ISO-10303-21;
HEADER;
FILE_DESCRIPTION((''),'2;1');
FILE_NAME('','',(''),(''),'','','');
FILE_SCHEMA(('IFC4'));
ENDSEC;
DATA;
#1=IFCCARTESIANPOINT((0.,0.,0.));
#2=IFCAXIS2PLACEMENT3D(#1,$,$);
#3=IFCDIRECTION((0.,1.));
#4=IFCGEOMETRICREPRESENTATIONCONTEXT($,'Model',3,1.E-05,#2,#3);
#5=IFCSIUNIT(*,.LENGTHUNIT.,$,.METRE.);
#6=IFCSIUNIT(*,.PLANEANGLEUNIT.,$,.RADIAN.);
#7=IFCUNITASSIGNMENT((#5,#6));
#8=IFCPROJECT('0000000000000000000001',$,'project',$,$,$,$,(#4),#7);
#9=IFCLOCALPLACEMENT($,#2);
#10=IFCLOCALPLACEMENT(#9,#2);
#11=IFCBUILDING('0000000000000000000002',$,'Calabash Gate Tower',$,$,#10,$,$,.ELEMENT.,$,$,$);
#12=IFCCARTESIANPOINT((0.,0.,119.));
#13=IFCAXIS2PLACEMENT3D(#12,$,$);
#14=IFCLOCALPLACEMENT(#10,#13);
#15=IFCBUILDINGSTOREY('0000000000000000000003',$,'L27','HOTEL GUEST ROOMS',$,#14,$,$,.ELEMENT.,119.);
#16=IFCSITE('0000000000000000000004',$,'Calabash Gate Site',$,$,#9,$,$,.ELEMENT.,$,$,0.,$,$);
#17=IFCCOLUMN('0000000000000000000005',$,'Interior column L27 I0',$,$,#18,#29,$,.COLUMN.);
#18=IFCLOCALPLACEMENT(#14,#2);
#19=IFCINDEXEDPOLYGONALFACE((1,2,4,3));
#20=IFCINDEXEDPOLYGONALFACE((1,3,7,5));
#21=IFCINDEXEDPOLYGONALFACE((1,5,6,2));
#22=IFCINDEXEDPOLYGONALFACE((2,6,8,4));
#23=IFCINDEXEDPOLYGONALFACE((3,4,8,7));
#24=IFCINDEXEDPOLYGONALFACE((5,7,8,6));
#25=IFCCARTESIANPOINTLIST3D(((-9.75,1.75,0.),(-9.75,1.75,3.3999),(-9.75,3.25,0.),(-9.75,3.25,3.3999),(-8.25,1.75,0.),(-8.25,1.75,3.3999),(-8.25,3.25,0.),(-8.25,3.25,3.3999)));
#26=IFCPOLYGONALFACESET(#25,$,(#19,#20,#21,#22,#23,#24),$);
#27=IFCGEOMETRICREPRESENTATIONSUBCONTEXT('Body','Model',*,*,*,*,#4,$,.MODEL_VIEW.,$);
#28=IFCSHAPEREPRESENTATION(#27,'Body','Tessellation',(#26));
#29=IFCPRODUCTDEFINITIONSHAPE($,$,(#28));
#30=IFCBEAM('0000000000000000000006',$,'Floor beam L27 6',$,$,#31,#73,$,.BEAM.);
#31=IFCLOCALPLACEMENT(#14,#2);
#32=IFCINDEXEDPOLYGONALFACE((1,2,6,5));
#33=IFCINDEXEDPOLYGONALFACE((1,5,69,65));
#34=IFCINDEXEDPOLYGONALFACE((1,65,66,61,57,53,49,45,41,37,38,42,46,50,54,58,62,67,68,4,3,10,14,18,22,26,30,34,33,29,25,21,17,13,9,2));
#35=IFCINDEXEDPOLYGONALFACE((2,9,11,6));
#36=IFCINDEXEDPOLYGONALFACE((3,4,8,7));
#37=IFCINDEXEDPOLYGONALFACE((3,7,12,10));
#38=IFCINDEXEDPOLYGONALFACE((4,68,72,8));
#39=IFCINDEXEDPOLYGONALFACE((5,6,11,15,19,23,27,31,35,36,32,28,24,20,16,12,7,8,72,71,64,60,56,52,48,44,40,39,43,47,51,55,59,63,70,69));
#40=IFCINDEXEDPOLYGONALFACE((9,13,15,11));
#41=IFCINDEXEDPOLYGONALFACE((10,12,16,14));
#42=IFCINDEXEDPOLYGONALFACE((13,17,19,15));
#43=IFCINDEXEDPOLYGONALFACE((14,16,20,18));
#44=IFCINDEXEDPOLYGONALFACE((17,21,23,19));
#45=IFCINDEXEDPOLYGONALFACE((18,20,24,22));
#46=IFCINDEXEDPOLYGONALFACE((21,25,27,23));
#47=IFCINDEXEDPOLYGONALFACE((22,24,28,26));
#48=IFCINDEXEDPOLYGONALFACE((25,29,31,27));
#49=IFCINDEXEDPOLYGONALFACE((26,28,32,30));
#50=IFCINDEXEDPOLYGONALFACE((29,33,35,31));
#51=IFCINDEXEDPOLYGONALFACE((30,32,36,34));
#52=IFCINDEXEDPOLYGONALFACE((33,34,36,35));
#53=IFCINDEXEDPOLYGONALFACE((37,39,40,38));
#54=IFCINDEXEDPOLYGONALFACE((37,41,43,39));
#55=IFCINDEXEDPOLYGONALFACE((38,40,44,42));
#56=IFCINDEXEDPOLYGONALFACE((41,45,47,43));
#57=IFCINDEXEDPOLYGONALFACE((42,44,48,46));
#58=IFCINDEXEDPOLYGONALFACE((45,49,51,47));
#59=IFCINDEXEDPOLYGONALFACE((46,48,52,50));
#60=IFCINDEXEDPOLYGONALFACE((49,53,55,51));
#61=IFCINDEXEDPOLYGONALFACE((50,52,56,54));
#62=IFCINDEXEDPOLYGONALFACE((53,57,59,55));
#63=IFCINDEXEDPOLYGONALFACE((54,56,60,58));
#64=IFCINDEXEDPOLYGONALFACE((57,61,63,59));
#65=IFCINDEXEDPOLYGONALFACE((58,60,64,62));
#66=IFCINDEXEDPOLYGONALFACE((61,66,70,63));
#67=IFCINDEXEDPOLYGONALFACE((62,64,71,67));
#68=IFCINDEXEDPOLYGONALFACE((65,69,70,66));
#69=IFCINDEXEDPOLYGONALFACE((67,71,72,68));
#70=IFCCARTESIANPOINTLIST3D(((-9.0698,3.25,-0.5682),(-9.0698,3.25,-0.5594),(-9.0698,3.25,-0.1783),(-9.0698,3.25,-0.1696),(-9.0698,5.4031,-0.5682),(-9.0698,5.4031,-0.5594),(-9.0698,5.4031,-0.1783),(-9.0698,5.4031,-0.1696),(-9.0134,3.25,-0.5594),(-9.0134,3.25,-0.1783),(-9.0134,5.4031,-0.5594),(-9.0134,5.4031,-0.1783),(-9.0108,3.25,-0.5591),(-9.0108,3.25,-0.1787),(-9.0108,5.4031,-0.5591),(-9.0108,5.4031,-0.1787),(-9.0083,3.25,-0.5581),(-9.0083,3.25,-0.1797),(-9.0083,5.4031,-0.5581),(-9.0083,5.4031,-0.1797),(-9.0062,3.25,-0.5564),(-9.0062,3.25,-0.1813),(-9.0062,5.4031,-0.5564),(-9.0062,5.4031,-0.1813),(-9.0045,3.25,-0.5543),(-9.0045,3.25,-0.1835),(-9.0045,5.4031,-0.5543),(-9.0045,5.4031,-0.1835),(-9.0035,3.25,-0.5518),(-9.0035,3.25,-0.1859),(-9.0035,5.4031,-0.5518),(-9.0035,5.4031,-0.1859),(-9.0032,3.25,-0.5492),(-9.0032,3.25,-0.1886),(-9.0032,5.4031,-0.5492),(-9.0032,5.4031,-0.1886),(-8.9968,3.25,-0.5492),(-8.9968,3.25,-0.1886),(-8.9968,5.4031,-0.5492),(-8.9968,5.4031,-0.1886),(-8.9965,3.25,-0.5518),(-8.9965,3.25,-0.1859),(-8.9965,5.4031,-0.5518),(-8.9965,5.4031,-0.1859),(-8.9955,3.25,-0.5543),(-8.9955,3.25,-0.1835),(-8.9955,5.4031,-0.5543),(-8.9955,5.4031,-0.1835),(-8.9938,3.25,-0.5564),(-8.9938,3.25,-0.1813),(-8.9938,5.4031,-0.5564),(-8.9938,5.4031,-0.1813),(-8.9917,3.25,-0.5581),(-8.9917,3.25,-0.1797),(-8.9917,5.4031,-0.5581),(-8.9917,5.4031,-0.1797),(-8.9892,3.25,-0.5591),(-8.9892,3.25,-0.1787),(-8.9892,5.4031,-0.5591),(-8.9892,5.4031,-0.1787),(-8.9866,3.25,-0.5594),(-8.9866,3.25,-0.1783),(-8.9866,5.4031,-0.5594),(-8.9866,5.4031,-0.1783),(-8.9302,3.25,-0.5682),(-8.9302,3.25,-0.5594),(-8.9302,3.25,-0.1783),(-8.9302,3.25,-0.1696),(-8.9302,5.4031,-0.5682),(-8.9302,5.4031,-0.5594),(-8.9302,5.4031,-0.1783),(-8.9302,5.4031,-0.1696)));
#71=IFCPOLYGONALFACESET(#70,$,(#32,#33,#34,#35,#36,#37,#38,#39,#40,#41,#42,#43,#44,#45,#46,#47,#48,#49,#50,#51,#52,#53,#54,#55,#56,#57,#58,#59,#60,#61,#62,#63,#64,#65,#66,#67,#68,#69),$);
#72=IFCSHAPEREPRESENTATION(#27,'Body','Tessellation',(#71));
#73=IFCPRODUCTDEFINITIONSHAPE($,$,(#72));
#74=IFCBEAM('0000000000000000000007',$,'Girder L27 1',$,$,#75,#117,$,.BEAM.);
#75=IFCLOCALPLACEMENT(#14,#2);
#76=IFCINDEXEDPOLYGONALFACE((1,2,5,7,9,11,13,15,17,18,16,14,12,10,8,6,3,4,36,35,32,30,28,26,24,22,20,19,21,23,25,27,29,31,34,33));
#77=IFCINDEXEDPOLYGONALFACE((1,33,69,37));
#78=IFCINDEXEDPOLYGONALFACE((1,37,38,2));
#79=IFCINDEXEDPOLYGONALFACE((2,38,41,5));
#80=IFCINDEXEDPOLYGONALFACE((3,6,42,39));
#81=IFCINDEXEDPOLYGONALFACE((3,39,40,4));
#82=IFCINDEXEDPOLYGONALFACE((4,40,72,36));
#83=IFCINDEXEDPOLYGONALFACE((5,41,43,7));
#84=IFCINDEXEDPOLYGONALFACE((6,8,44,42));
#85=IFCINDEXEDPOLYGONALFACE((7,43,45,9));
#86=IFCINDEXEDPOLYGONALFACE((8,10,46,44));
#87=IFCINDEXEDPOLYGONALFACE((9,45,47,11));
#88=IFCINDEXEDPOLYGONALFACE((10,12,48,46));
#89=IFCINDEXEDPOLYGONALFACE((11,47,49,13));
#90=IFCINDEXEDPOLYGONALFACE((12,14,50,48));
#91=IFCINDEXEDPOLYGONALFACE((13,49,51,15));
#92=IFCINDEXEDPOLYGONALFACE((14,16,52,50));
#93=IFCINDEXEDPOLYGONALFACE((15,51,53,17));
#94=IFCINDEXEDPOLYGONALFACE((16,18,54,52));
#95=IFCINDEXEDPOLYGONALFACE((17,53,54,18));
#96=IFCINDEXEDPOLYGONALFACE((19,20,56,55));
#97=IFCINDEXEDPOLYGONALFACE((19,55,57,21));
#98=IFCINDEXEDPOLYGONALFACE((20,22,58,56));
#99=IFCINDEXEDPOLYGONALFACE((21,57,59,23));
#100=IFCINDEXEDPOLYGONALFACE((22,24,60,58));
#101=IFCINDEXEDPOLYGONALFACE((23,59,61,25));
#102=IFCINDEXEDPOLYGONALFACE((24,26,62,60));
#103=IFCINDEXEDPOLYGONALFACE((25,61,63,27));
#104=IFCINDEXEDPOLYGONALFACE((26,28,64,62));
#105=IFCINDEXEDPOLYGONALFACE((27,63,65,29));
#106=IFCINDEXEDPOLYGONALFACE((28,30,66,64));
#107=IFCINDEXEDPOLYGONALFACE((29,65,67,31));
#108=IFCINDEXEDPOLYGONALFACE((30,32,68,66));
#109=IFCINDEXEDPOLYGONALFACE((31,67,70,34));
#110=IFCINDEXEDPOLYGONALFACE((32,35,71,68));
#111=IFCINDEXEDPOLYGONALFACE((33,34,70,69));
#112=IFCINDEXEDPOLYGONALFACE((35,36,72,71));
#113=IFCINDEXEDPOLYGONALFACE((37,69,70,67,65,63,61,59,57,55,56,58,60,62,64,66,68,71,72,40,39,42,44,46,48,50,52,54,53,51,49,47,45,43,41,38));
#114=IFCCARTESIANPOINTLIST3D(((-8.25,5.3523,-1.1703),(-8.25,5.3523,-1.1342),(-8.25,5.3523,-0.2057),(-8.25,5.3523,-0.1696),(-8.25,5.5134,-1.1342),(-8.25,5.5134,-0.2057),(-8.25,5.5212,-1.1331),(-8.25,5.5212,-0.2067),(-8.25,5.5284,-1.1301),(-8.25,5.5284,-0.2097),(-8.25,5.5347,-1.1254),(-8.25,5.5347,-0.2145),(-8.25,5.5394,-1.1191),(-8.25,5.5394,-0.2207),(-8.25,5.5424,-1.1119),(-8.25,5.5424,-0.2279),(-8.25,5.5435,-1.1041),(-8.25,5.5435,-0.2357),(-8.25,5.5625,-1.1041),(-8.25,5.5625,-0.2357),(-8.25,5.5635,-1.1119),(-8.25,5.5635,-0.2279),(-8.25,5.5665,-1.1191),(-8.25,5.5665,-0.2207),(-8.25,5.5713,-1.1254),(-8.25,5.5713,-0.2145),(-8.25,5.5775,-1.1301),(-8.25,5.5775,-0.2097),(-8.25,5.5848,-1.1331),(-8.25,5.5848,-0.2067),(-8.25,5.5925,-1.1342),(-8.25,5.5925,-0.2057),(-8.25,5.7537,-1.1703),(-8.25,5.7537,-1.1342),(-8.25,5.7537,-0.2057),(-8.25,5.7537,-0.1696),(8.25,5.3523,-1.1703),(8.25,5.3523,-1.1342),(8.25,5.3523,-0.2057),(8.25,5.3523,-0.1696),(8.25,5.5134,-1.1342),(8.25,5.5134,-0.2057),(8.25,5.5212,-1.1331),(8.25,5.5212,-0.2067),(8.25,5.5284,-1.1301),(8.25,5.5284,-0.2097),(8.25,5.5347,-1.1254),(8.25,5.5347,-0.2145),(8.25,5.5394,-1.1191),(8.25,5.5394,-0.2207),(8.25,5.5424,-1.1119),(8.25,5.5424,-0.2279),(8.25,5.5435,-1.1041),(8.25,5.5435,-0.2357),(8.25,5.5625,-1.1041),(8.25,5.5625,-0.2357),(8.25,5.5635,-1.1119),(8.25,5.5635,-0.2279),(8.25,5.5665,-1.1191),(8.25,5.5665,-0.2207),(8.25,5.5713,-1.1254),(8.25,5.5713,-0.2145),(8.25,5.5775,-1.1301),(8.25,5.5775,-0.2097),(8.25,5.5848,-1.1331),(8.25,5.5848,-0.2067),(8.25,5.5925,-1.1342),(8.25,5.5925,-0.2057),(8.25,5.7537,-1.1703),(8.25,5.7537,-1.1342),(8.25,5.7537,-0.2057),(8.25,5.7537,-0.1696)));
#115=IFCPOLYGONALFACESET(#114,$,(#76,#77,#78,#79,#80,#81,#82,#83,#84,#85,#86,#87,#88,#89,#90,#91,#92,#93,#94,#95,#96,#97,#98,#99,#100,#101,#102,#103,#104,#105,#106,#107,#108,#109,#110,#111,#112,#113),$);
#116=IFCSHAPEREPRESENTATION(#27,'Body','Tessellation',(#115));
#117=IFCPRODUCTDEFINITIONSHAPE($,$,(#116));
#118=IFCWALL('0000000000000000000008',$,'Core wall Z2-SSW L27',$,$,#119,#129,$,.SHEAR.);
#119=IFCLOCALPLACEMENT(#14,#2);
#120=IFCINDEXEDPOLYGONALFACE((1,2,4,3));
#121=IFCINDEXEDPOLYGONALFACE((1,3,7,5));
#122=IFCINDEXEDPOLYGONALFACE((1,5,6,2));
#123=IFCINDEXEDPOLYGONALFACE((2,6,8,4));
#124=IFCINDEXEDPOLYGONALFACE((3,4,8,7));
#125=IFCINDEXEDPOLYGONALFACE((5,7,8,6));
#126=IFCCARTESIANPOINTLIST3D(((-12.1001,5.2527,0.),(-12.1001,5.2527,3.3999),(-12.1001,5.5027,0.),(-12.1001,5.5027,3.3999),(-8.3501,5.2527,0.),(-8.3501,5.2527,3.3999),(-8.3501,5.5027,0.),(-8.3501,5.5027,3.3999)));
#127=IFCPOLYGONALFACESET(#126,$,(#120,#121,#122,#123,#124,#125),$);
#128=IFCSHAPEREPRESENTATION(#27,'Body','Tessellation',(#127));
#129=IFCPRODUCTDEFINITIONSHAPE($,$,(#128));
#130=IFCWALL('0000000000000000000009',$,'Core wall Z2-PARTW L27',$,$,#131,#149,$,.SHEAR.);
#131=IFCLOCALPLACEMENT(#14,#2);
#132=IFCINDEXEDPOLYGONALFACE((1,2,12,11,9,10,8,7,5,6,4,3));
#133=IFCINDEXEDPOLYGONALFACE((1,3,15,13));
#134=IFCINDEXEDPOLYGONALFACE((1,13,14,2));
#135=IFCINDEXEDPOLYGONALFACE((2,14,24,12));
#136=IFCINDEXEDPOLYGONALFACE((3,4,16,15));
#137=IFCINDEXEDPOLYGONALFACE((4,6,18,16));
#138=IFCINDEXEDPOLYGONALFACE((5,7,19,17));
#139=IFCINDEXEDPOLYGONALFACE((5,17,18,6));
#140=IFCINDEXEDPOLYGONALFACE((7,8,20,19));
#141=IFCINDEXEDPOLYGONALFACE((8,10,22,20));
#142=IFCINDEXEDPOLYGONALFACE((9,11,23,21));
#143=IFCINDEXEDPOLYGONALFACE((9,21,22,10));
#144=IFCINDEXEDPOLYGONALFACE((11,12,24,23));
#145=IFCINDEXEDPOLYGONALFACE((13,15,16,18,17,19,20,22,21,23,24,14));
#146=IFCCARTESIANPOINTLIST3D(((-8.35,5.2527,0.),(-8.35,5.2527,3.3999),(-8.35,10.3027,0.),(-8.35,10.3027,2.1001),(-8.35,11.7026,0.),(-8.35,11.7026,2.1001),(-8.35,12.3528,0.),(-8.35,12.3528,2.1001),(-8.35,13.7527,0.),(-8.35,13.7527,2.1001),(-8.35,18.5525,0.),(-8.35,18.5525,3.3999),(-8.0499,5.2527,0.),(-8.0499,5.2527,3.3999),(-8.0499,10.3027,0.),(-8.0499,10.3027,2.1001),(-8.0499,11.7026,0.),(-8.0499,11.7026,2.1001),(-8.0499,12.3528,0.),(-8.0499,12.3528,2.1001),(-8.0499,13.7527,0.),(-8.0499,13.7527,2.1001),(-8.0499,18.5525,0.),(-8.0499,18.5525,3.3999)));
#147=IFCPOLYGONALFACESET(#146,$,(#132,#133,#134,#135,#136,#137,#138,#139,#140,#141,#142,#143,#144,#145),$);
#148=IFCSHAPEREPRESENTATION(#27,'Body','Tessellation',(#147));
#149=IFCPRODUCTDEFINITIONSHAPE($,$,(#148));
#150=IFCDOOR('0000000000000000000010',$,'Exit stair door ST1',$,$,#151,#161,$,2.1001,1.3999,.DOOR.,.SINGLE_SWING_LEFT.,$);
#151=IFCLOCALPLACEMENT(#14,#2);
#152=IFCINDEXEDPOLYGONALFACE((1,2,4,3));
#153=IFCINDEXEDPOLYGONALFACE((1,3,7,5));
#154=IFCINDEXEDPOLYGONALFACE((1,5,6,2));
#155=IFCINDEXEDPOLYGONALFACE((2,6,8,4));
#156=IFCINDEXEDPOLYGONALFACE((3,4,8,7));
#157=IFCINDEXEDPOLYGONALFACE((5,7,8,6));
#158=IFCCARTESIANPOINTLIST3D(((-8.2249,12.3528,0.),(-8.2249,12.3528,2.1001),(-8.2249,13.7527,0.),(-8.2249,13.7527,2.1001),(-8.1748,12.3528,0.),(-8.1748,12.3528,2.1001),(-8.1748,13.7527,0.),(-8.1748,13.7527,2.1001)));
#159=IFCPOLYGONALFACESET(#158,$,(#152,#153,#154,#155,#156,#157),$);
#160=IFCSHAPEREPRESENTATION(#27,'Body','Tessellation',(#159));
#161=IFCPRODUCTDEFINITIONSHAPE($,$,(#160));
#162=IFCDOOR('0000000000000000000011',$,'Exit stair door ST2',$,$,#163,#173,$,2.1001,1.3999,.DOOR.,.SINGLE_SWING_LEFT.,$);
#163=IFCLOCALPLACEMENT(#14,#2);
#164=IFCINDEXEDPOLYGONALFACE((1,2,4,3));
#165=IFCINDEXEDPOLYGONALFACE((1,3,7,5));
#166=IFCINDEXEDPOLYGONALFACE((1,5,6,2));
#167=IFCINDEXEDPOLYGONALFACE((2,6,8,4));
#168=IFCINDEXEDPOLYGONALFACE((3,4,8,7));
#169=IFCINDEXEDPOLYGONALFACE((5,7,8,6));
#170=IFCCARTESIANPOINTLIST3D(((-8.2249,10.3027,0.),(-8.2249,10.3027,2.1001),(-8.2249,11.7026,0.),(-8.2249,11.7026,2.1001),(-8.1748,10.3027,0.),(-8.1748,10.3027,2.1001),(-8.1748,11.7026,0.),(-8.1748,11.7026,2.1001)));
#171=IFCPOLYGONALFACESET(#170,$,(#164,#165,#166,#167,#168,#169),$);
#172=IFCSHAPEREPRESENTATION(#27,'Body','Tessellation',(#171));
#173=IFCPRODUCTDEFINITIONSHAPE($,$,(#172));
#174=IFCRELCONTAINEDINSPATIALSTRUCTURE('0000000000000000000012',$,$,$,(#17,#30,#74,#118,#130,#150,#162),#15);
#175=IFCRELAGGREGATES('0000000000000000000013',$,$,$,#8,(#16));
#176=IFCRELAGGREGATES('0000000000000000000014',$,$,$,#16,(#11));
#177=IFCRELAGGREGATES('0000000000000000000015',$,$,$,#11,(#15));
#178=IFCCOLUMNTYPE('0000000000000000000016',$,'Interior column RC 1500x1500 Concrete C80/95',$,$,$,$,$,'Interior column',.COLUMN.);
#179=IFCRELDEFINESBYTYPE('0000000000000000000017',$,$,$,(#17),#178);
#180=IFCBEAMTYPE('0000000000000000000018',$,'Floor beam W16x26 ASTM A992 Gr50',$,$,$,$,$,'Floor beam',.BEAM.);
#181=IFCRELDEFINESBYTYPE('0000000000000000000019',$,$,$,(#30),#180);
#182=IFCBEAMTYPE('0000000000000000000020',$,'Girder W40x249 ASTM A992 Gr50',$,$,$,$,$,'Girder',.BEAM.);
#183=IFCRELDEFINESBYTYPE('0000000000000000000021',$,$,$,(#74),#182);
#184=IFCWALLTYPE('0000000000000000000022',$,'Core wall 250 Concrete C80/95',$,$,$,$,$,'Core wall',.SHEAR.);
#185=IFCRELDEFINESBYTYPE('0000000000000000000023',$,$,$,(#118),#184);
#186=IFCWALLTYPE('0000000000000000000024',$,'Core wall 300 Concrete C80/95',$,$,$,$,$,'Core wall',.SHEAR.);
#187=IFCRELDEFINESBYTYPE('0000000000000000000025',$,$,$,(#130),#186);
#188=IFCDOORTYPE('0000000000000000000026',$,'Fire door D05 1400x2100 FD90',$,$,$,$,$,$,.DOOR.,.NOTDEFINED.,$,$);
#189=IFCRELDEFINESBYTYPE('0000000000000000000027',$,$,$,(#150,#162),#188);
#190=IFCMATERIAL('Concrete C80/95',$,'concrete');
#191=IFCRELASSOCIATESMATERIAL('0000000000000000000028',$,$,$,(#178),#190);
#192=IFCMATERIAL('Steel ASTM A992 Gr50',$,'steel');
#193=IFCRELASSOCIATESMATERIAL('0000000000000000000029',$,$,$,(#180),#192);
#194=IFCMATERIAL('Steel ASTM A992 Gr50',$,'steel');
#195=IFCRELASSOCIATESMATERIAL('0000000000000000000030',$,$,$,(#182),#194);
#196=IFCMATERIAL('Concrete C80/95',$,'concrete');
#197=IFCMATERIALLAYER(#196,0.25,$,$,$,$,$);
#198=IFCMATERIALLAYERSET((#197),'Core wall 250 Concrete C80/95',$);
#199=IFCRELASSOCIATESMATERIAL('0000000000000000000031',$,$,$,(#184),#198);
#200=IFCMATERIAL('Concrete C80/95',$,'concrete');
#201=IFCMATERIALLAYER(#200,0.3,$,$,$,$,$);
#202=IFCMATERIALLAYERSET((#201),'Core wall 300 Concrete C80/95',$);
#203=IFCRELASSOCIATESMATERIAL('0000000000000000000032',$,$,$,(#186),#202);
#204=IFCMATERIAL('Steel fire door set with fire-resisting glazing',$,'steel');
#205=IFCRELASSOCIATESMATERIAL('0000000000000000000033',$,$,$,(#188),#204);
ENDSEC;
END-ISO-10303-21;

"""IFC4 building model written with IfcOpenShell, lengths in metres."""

from ifc_helpers import new_model, si_unit, direction, frame, frame_2d, origin, origin_2d, place, context, subcontext, project, spatial, rectangle, i_section, extrude, material, layer, layer_set, material_profile, profile_set, type_object, element, fill, save


model = new_model("IFC4")

# Units and contexts
model_context = context("Model", 3, precision=1e-05, world=origin(), true_north=direction((0.0, 1.0)))
body_context = subcontext(model_context, "Body", "Model", "MODEL_VIEW")
ifc_project = project(units=[si_unit("LENGTHUNIT", "METRE"), si_unit("PLANEANGLEUNIT", "RADIAN")], contexts=[model_context])

# Site, building, storey
site_placement = place(None, origin())
site = spatial("IfcSite", under=ifc_project, at=site_placement, Name="Calabash Gate Site", CompositionType="ELEMENT", RefElevation=0.0)
building_placement = place(site_placement, origin())
building = spatial("IfcBuilding", under=site, at=building_placement, Name="Calabash Gate Tower", CompositionType="ELEMENT")
storey_placement = place(building_placement, frame((0.0, 0.0, 119.0)))
storey = spatial("IfcBuildingStorey", under=building, at=storey_placement, Name="L27", Description="HOTEL GUEST ROOMS", CompositionType="ELEMENT", Elevation=119.0)

# Column
ifc_material_1 = material(Name="Concrete C80/95", Category="concrete")
ifc_material_profile_1 = material_profile(ifc_material_1, rectangle(XDim=1.5, YDim=1.5, at=origin_2d()))
ifc_profile_set_1 = profile_set([ifc_material_profile_1], Name="Concrete C80/95")
column_type = type_object("IfcColumnType", Name="Interior column RC 1500x1500 Concrete C80/95", ElementType="Interior column", PredefinedType="COLUMN", material=ifc_profile_set_1)
column_placement = place(storey_placement, frame((-9.0, 2.5, 0.0), z_axis=(0.0, 0.0, 1.0), x_axis=(1.0, 0.0, 0.0)))
element("IfcColumn", 1, at=column_placement, inside=storey, type_object=column_type, Name="Interior column L27 I0", PredefinedType="COLUMN", context=body_context, shape_type="SweptSolid", body=[
    extrude(rectangle(XDim=1.5, YDim=1.5, at=origin_2d()), origin(), (0.0, 0.0, 1.0), 3.3999),
])

# Beams
ifc_material_2 = material(Name="Steel ASTM A992 Gr50", Category="steel")
ifc_material_profile_2 = material_profile(ifc_material_2, i_section(OverallWidth=0.1396, OverallDepth=0.3987, WebThickness=0.0063, FlangeThickness=0.0088, FilletRadius=0.0103, at=origin_2d()))
ifc_profile_set_2 = profile_set([ifc_material_profile_2], Name="Steel ASTM A992 Gr50")
beam_type_1 = type_object("IfcBeamType", Name="Floor beam W16x26 ASTM A992 Gr50", ElementType="Floor beam", PredefinedType="BEAM", material=ifc_profile_set_2)
beam_1_placement = place(storey_placement, frame((-9.0, 3.25, -0.3689), z_axis=(0.0, 1.0, 0.0), x_axis=(-1.0, 0.0, 0.0)))
element("IfcBeam", 2, at=beam_1_placement, inside=storey, type_object=beam_type_1, Name="Floor beam L27 6", PredefinedType="BEAM", context=body_context, shape_type="SweptSolid", body=[
    extrude(i_section(OverallWidth=0.1396, OverallDepth=0.3987, WebThickness=0.0063, FlangeThickness=0.0088, FilletRadius=0.0103, at=origin_2d()), origin(), (0.0, 0.0, 1.0), 2.1531),
])
ifc_material_3 = material(Name="Steel ASTM A992 Gr50", Category="steel")
ifc_material_profile_3 = material_profile(ifc_material_3, i_section(OverallWidth=0.4014, OverallDepth=1.0007, WebThickness=0.019, FlangeThickness=0.0361, FilletRadius=0.03, at=origin_2d()))
ifc_profile_set_3 = profile_set([ifc_material_profile_3], Name="Steel ASTM A992 Gr50")
beam_type_2 = type_object("IfcBeamType", Name="Girder W40x249 ASTM A992 Gr50", ElementType="Girder", PredefinedType="BEAM", material=ifc_profile_set_3)
beam_2_placement = place(storey_placement, frame((-8.25, 5.553, -0.6699), z_axis=(1.0, 0.0, 0.0), x_axis=(0.0, 1.0, 0.0)))
element("IfcBeam", 3, at=beam_2_placement, inside=storey, type_object=beam_type_2, Name="Girder L27 1", PredefinedType="BEAM", context=body_context, shape_type="SweptSolid", body=[
    extrude(i_section(OverallWidth=0.4014, OverallDepth=1.0007, WebThickness=0.019, FlangeThickness=0.0361, FilletRadius=0.03, at=origin_2d()), origin(), (0.0, 0.0, 1.0), 16.5),
])

# Wall
ifc_material_4 = material(Name="Concrete C80/95", Category="concrete")
ifc_layer_1 = layer(ifc_material_4, 0.25)
ifc_layer_set_1 = layer_set([ifc_layer_1], Name="Core wall 250 Concrete C80/95")
wall_type_1 = type_object("IfcWallType", Name="Core wall 250 Concrete C80/95", ElementType="Core wall", PredefinedType="SHEAR", material=ifc_layer_set_1)
wall_1_placement = place(storey_placement, frame((-12.1001, 5.3777, 0.0), z_axis=(0.0, 0.0, 1.0), x_axis=(1.0, 0.0, 0.0)))
element("IfcWall", 4, at=wall_1_placement, inside=storey, type_object=wall_type_1, Name="Core wall Z2-SSW L27", PredefinedType="SHEAR", context=body_context, shape_type="SweptSolid", body=[
    extrude(rectangle(XDim=3.75, YDim=0.25, at=frame_2d((1.875, 0.0))), origin(), (0.0, 0.0, 1.0), 3.3999),
])

# Wall, openings, doors
ifc_material_5 = material(Name="Concrete C80/95", Category="concrete")
ifc_layer_2 = layer(ifc_material_5, 0.3)
ifc_layer_set_2 = layer_set([ifc_layer_2], Name="Core wall 300 Concrete C80/95")
wall_type_2 = type_object("IfcWallType", Name="Core wall 300 Concrete C80/95", ElementType="Core wall", PredefinedType="SHEAR", material=ifc_layer_set_2)
wall_2_placement = place(storey_placement, frame((-8.2, 5.2527, 0.0), z_axis=(0.0, 0.0, 1.0), x_axis=(0.0, 1.0, 0.0)))
wall_2 = element("IfcWall", 5, at=wall_2_placement, inside=storey, type_object=wall_type_2, Name="Core wall Z2-PARTW L27", PredefinedType="SHEAR", context=body_context, shape_type="SweptSolid", body=[
    extrude(rectangle(XDim=13.2998, YDim=0.3, at=frame_2d((6.6499, 0.0))), origin(), (0.0, 0.0, 1.0), 3.3999),
])
opening_1_placement = place(wall_2_placement, frame((7.1001, 0.0, 0.0)))
opening_1 = element("IfcOpeningElement", 6, at=opening_1_placement, cuts=wall_2, PredefinedType="OPENING", context=body_context, shape_type="SweptSolid", body=[
    extrude(rectangle(XDim=1.3999, YDim=2.1001, at=frame_2d((0.7, 1.05))), frame((0.0, 0.1599, 0.0), z_axis=(0.0, -1.0, 0.0), x_axis=(1.0, 0.0, 0.0)), (0.0, 0.0, 1.0), 0.3201),
])
opening_2_placement = place(wall_2_placement, frame((5.05, 0.0, 0.0)))
opening_2 = element("IfcOpeningElement", 7, at=opening_2_placement, cuts=wall_2, PredefinedType="OPENING", context=body_context, shape_type="SweptSolid", body=[
    extrude(rectangle(XDim=1.3999, YDim=2.1001, at=frame_2d((0.7, 1.05))), frame((0.0, 0.1599, 0.0), z_axis=(0.0, -1.0, 0.0), x_axis=(1.0, 0.0, 0.0)), (0.0, 0.0, 1.0), 0.3201),
])
ifc_material_6 = material(Name="Steel fire door set with fire-resisting glazing", Category="steel")
door_type_1 = type_object("IfcDoorType", Name="Fire door D05 1400x2100 FD90", OperationType="NOTDEFINED", PredefinedType="DOOR", material=ifc_material_6)
door_1_placement = place(opening_1_placement, origin())
door_1 = element("IfcDoor", 8, at=door_1_placement, inside=storey, type_object=door_type_1, Name="Exit stair door ST1", OperationType="SINGLE_SWING_LEFT", OverallHeight=2.1001, OverallWidth=1.3999, PredefinedType="DOOR", context=body_context, shape_type="SweptSolid", body=[
    extrude(rectangle(XDim=1.3999, YDim=2.1001, at=frame_2d((0.7, 1.05))), frame((0.0, 0.0249, 0.0), z_axis=(0.0, -1.0, 0.0), x_axis=(1.0, 0.0, 0.0)), (0.0, 0.0, 1.0), 0.05),
])
fill(opening_1, door_1)
door_2_placement = place(opening_2_placement, origin())
door_2 = element("IfcDoor", 9, at=door_2_placement, inside=storey, type_object=door_type_1, Name="Exit stair door ST2", OperationType="SINGLE_SWING_LEFT", OverallHeight=2.1001, OverallWidth=1.3999, PredefinedType="DOOR", context=body_context, shape_type="SweptSolid", body=[
    extrude(rectangle(XDim=1.3999, YDim=2.1001, at=frame_2d((0.7, 1.05))), frame((0.0, 0.0249, 0.0), z_axis=(0.0, -1.0, 0.0), x_axis=(1.0, 0.0, 0.0)), (0.0, 0.0, 1.0), 0.05),
])
fill(opening_2, door_2)

save(model, "model.ifc")
